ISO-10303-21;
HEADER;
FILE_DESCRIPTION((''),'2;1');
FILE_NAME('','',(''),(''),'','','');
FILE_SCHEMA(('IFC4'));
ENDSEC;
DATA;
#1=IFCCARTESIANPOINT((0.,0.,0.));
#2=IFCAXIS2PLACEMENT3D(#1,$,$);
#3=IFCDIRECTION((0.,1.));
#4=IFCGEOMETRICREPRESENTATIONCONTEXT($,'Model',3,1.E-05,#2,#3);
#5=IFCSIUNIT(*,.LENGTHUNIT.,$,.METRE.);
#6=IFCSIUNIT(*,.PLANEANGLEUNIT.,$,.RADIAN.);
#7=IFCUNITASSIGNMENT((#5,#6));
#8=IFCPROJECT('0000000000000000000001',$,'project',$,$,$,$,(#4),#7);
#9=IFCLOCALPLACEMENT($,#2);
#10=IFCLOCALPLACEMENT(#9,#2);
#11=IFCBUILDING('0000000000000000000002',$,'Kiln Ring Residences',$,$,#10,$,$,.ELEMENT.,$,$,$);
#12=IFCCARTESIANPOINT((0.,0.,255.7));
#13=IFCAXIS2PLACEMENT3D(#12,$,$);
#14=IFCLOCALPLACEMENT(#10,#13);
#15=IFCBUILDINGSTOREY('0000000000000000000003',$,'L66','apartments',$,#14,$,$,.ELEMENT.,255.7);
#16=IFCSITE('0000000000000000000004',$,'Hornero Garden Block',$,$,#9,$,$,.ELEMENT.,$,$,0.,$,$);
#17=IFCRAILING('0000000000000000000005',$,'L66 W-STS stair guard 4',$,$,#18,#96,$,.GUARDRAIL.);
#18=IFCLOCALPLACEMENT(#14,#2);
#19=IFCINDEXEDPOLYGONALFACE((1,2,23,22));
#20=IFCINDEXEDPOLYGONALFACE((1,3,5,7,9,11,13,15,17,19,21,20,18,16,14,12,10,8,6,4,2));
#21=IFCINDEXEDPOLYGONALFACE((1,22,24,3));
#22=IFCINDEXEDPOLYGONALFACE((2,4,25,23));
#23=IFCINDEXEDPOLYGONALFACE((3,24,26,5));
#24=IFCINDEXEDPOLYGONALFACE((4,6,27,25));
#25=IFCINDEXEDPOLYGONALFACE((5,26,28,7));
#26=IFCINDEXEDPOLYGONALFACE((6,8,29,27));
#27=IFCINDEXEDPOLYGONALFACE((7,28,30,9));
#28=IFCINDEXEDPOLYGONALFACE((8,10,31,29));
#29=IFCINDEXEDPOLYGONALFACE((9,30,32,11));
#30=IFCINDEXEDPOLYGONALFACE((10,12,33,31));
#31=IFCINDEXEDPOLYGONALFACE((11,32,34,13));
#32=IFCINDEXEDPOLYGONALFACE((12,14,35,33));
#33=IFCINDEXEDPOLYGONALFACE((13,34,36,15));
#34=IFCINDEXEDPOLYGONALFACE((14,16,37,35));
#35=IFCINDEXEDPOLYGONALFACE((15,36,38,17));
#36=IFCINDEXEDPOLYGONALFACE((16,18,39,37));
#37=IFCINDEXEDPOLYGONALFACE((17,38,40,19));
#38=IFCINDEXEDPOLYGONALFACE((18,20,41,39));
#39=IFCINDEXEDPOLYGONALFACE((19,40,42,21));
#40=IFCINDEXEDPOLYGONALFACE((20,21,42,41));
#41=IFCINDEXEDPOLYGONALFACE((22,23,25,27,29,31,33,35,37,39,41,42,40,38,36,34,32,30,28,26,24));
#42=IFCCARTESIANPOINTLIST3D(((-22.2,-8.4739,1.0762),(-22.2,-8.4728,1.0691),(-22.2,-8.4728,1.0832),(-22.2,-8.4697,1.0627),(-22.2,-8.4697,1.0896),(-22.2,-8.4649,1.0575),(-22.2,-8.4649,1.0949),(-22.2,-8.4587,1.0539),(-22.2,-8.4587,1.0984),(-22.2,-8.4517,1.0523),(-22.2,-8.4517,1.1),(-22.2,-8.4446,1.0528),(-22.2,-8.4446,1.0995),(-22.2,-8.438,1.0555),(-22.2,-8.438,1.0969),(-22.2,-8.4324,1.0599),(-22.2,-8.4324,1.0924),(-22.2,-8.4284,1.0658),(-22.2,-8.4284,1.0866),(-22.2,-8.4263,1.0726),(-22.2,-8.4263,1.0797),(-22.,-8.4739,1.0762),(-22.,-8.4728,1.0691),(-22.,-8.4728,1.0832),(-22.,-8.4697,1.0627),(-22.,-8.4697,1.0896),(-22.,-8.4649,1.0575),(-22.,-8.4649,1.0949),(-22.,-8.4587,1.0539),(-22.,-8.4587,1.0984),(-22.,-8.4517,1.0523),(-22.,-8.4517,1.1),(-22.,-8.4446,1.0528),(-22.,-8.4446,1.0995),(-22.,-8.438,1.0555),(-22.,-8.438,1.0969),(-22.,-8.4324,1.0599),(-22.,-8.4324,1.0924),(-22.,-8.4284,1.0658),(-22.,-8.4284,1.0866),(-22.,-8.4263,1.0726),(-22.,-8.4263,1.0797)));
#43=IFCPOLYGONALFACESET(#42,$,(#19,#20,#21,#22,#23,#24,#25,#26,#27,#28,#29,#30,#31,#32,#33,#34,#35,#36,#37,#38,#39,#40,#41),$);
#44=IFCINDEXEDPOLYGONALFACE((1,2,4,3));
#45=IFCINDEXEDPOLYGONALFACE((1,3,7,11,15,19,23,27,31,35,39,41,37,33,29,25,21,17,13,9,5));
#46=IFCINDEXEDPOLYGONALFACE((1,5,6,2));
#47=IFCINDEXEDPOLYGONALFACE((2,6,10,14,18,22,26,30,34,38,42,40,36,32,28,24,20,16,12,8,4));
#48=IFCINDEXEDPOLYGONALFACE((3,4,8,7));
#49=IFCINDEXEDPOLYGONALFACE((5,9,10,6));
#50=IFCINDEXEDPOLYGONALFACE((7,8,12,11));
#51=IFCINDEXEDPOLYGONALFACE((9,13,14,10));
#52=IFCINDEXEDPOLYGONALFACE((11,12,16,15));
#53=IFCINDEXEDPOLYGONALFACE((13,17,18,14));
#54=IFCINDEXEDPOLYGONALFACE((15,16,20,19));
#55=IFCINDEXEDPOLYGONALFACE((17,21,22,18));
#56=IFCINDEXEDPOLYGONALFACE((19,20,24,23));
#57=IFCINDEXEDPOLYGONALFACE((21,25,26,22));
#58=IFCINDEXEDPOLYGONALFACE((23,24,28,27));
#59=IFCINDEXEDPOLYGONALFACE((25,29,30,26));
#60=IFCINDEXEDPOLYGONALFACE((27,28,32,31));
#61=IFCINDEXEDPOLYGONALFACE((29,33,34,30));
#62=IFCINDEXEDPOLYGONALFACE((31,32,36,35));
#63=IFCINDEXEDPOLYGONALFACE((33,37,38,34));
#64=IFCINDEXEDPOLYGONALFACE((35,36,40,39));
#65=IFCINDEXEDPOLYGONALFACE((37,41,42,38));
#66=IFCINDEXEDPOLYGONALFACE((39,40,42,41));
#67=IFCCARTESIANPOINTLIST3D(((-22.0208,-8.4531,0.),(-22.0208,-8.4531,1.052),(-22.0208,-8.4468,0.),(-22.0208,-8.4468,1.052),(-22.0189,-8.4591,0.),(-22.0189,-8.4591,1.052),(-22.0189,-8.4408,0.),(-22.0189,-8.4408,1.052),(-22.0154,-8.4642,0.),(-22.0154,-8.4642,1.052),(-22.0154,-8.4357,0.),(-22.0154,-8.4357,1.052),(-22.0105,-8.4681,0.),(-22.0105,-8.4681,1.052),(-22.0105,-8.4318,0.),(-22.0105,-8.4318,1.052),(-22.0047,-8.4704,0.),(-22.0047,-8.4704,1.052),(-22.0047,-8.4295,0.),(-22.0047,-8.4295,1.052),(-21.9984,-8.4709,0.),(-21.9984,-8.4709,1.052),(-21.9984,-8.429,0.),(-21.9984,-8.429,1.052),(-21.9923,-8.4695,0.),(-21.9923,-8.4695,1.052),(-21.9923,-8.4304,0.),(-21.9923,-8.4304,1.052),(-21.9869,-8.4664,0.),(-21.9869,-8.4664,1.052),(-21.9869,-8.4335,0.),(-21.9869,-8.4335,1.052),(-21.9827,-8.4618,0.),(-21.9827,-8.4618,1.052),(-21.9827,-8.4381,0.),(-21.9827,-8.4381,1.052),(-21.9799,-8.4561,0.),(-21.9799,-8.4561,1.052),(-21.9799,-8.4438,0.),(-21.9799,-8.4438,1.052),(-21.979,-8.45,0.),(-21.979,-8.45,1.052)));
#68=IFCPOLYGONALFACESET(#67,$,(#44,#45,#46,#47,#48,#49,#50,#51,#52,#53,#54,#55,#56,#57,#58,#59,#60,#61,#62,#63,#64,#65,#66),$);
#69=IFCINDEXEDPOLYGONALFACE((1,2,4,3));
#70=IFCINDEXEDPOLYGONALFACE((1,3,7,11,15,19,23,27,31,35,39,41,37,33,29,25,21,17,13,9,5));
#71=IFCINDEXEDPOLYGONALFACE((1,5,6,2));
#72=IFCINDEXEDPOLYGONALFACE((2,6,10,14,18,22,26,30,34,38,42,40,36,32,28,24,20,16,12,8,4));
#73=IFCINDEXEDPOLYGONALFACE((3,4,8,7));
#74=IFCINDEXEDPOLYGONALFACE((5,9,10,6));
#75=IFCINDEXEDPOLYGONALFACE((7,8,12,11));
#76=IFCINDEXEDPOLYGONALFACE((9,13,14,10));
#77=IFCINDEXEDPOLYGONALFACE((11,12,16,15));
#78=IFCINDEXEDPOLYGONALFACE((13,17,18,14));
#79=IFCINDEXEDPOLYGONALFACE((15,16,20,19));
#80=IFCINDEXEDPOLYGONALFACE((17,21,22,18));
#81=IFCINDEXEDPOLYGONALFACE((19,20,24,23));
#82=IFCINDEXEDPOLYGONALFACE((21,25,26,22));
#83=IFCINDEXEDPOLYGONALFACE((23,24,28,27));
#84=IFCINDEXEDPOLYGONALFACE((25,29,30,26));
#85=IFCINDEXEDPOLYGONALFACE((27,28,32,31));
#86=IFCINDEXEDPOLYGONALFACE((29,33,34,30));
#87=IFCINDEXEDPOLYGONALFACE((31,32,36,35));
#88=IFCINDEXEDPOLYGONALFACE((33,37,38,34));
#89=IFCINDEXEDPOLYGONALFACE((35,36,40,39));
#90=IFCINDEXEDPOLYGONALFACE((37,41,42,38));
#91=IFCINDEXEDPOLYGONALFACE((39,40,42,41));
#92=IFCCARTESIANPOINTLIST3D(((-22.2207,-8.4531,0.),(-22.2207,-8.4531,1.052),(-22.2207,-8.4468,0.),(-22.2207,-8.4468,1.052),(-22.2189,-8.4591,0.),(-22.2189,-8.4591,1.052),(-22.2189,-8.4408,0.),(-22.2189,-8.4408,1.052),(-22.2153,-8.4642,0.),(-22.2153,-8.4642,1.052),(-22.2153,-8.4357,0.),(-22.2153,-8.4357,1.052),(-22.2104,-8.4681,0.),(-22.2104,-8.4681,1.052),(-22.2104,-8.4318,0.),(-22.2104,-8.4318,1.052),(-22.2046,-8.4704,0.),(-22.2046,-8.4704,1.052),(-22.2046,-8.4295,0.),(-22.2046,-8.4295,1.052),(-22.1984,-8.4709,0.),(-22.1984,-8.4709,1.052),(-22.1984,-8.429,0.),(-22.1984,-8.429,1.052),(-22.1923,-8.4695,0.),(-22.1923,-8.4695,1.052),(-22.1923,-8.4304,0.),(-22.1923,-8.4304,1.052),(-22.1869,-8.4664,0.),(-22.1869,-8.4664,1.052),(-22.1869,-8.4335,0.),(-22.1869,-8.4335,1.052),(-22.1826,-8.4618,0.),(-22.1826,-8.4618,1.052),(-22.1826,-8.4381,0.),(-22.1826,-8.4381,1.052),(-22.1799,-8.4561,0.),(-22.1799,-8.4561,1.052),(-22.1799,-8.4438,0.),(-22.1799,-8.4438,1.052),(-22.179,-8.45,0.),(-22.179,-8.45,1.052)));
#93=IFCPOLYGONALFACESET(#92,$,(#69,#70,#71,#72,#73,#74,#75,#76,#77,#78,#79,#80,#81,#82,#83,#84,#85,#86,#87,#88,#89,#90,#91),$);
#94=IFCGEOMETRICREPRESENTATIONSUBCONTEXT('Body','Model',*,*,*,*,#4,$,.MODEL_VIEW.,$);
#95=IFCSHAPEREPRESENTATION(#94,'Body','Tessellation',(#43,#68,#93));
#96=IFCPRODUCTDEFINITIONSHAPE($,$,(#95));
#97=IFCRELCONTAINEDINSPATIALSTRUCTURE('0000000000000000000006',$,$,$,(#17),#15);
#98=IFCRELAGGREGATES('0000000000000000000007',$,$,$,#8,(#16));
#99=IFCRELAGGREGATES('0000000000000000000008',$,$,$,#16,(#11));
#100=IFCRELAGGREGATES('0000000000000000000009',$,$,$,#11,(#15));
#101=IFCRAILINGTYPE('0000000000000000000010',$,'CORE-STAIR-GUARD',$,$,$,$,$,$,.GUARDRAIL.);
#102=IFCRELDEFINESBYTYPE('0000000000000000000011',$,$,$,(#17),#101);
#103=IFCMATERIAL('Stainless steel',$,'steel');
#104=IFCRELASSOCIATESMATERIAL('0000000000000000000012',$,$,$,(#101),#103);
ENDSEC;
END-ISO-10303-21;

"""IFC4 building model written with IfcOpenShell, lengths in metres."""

from ifc_helpers import new_model, si_unit, direction, frame, origin, origin_2d, place, context, subcontext, project, spatial, circle, extrude, material, type_object, element, save


model = new_model("IFC4")

# Units and contexts
model_context = context("Model", 3, precision=1e-05, world=origin(), true_north=direction((0.0, 1.0)))
body_context = subcontext(model_context, "Body", "Model", "MODEL_VIEW")
ifc_project = project(units=[si_unit("LENGTHUNIT", "METRE"), si_unit("PLANEANGLEUNIT", "RADIAN")], contexts=[model_context])

# Site, building, storey
site_placement = place(None, origin())
site = spatial("IfcSite", under=ifc_project, at=site_placement, Name="Hornero Garden Block", CompositionType="ELEMENT", RefElevation=0.0)
building_placement = place(site_placement, origin())
building = spatial("IfcBuilding", under=site, at=building_placement, Name="Kiln Ring Residences", CompositionType="ELEMENT")
storey_placement = place(building_placement, frame((0.0, 0.0, 255.7)))
storey = spatial("IfcBuildingStorey", under=building, at=storey_placement, Name="L66", Description="apartments", CompositionType="ELEMENT", Elevation=255.7)

# Railing
ifc_material_1 = material(Name="Stainless steel", Category="steel")
railing_type_1 = type_object("IfcRailingType", Name="CORE-STAIR-GUARD", PredefinedType="GUARDRAIL", material=ifc_material_1)
railing_1_placement = place(storey_placement, frame((-22.0, -8.45, 0.0)))
element("IfcRailing", 1, at=railing_1_placement, inside=storey, type_object=railing_type_1, Name="L66 W-STS stair guard 4", PredefinedType="GUARDRAIL", context=body_context, shape_type="SweptSolid", body=[
    extrude(circle(Radius=0.0239, at=origin_2d()), frame((0.0, 0.0, 1.0762), z_axis=(-1.0, 0.0, 0.0), x_axis=(0.0, -1.0, 0.0)), (0.0, 0.0, 1.0), 0.2),
    extrude(circle(Radius=0.021, at=origin_2d()), origin(), (0.0, 0.0, 1.0), 1.052),
    extrude(circle(Radius=0.021, at=origin_2d()), frame((-0.2, 0.0, 0.0)), (0.0, 0.0, 1.0), 1.052),
])

save(model, "model.ifc")
